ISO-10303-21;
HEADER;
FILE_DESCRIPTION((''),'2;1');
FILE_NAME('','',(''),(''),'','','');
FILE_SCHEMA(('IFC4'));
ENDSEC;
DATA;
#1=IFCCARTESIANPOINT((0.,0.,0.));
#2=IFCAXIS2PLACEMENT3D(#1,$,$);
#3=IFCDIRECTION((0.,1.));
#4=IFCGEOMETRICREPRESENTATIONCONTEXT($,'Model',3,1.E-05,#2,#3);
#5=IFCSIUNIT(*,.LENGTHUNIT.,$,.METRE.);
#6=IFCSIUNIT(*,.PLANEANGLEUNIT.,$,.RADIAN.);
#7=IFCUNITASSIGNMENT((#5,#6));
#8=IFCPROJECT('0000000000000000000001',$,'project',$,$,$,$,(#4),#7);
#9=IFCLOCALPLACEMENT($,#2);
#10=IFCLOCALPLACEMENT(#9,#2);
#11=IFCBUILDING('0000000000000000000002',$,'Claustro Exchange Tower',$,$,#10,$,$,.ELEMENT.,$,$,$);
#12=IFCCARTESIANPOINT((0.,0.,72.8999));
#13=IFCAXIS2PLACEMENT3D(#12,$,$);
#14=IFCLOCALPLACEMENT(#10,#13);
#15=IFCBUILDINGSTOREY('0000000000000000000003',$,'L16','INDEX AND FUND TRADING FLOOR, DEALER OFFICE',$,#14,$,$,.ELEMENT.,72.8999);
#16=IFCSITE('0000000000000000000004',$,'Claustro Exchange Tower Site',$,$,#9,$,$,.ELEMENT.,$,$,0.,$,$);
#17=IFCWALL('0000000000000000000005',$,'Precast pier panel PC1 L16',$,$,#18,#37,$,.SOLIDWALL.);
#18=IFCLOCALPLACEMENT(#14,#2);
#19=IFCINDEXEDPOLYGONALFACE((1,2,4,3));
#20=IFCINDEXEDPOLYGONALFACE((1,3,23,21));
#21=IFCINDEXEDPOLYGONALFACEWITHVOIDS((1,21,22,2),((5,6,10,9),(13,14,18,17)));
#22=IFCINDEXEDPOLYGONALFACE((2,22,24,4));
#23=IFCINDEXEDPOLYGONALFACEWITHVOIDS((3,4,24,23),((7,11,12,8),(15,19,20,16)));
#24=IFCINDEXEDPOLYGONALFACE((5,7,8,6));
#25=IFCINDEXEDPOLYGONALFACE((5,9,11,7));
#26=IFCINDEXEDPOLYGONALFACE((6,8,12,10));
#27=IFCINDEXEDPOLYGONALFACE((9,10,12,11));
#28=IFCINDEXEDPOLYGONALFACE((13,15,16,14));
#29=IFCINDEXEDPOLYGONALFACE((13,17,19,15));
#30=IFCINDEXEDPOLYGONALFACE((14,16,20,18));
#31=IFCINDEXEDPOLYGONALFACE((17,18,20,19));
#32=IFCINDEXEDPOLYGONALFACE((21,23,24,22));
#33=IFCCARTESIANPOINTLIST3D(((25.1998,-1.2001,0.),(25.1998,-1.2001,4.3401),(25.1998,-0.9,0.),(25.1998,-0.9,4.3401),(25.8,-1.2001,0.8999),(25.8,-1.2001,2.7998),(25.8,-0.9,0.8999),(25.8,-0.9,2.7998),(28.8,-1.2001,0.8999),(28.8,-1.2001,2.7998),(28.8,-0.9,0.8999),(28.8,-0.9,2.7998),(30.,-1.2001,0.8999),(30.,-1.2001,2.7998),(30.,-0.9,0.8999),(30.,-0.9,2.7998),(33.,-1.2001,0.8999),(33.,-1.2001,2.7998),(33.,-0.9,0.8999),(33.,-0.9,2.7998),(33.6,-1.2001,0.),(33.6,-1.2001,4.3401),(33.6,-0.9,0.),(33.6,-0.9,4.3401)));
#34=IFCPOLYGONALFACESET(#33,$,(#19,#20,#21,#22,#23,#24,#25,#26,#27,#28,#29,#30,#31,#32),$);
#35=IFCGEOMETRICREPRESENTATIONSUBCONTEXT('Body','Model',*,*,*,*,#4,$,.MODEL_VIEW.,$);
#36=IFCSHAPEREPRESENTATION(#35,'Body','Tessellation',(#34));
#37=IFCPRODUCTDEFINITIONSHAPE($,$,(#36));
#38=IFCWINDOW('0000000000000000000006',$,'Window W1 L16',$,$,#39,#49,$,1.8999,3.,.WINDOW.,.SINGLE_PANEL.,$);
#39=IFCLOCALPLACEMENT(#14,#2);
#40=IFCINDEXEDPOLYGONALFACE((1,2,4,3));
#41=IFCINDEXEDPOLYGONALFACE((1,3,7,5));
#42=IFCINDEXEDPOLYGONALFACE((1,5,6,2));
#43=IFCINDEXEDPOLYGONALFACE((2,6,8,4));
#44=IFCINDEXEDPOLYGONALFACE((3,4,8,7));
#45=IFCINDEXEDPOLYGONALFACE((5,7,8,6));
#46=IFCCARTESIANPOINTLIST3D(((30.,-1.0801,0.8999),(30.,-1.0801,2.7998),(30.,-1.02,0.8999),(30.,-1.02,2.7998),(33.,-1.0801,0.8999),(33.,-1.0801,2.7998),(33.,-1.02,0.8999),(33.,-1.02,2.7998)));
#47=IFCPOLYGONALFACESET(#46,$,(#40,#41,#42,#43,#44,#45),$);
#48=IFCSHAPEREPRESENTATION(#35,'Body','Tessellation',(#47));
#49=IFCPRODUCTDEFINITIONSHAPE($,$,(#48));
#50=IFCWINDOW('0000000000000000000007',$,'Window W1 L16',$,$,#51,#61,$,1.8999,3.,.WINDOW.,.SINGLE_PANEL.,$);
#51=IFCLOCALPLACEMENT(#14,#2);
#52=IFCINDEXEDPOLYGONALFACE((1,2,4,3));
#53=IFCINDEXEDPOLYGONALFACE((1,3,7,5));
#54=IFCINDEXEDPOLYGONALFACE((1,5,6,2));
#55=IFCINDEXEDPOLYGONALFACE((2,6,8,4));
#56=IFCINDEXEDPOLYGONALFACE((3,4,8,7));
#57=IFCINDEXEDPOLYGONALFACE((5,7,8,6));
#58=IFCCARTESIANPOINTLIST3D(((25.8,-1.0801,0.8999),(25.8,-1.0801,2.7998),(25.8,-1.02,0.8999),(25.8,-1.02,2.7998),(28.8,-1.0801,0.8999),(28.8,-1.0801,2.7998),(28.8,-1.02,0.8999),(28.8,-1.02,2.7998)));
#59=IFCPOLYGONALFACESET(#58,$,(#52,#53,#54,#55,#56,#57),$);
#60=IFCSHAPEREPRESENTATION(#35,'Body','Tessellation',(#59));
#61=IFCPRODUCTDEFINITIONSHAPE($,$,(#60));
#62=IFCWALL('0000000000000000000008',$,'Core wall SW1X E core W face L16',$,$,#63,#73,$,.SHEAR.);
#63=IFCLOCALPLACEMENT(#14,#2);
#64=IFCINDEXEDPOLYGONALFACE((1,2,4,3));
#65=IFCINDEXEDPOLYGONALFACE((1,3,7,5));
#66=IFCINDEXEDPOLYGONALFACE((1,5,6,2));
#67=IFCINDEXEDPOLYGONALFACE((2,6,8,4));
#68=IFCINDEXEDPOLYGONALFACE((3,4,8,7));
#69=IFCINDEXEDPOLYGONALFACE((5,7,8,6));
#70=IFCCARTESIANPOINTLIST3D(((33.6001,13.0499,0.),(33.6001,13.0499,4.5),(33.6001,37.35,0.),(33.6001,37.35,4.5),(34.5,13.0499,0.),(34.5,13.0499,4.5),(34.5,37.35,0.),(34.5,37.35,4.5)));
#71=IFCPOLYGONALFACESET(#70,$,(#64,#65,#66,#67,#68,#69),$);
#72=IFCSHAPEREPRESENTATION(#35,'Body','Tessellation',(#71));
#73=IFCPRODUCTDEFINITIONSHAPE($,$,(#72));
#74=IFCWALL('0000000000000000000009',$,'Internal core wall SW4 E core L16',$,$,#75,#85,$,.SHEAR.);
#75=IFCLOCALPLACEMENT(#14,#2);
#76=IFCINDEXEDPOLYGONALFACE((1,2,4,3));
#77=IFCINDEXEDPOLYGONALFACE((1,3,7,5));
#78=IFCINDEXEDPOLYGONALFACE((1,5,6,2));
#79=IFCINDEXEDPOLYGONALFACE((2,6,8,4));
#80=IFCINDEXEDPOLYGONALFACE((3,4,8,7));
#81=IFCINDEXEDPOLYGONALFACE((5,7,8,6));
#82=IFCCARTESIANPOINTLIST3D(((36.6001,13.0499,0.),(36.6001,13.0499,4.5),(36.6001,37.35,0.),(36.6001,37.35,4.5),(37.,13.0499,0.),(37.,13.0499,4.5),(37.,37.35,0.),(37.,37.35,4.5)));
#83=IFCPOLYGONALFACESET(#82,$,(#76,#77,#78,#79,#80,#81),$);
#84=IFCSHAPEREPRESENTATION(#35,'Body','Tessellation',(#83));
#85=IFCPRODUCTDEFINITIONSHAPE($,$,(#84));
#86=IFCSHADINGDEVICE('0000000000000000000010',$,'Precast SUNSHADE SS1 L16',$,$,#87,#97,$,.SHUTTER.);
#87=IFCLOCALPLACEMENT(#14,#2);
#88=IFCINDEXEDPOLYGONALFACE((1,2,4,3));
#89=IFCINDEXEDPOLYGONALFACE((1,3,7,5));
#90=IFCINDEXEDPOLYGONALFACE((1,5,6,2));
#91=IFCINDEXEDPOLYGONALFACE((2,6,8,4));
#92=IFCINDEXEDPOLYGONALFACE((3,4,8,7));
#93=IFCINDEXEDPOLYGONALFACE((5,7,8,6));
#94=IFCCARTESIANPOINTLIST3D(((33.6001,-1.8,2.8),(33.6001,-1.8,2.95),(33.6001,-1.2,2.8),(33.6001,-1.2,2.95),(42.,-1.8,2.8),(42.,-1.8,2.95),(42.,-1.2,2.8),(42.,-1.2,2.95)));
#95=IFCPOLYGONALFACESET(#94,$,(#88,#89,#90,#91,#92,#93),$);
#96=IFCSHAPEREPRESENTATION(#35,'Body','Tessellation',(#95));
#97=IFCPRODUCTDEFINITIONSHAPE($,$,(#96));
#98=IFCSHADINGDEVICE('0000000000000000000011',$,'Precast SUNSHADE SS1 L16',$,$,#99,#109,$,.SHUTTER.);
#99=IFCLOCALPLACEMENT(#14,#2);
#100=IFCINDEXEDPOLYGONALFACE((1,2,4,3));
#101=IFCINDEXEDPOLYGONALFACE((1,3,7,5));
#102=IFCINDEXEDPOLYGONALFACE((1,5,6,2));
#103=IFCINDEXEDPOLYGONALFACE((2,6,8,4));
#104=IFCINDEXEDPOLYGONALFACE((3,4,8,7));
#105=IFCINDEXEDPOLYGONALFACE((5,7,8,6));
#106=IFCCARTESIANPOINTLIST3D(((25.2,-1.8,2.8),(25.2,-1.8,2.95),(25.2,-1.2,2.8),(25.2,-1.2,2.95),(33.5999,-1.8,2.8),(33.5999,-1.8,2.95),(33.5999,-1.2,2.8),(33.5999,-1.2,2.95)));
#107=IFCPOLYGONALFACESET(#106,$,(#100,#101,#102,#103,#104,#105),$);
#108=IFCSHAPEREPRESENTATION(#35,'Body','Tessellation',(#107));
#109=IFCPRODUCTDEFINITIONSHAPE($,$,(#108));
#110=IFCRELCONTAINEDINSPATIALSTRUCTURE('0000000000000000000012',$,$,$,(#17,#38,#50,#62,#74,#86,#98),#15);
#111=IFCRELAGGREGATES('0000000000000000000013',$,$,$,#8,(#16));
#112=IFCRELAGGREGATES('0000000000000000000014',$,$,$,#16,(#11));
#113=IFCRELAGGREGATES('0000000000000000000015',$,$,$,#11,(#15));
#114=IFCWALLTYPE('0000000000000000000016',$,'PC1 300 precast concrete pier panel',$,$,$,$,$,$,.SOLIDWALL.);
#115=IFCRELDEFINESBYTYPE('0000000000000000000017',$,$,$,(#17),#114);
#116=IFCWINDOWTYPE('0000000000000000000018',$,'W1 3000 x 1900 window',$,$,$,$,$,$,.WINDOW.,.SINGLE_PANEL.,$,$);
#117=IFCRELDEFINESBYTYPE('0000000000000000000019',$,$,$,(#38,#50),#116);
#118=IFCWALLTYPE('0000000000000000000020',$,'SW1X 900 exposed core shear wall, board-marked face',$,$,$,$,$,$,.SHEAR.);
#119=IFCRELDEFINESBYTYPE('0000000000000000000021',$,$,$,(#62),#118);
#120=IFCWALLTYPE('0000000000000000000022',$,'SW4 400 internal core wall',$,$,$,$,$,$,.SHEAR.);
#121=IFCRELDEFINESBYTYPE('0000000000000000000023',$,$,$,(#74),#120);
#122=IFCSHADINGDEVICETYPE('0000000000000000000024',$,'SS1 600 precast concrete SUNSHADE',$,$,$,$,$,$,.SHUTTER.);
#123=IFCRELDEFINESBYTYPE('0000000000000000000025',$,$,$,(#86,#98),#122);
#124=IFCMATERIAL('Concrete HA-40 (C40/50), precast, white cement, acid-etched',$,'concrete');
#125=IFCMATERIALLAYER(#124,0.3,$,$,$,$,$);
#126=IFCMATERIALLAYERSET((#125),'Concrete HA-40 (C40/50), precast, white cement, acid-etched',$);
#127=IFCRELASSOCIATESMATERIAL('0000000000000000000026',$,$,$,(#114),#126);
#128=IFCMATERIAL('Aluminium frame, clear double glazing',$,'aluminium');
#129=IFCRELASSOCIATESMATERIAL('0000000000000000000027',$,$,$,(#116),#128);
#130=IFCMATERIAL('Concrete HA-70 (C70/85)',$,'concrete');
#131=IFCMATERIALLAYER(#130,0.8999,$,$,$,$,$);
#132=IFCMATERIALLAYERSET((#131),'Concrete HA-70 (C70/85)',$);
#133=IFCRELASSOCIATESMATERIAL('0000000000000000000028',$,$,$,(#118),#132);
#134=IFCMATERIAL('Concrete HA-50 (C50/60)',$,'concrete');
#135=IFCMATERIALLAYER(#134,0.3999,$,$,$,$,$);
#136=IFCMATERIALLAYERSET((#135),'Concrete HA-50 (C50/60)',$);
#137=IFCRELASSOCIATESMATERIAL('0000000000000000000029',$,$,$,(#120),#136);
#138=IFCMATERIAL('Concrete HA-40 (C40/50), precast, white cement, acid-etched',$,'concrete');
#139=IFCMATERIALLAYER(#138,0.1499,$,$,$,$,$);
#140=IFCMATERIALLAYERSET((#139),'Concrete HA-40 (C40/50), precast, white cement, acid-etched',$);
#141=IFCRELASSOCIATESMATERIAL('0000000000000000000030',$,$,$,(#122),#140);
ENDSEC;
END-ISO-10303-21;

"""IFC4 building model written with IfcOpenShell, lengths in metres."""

from ifc_helpers import new_model, si_unit, direction, frame, frame_2d, origin, origin_2d, place, context, subcontext, project, spatial, rectangle, extrude, material, layer, layer_set, type_object, element, fill, save


model = new_model("IFC4")

# Units and contexts
model_context = context("Model", 3, precision=1e-05, world=origin(), true_north=direction((0.0, 1.0)))
body_context = subcontext(model_context, "Body", "Model", "MODEL_VIEW")
ifc_project = project(units=[si_unit("LENGTHUNIT", "METRE"), si_unit("PLANEANGLEUNIT", "RADIAN")], contexts=[model_context])

# Site, building, storey
site_placement = place(None, origin())
site = spatial("IfcSite", under=ifc_project, at=site_placement, Name="Claustro Exchange Tower Site", CompositionType="ELEMENT", RefElevation=0.0)
building_placement = place(site_placement, origin())
building = spatial("IfcBuilding", under=site, at=building_placement, Name="Claustro Exchange Tower", CompositionType="ELEMENT")
storey_placement = place(building_placement, frame((0.0, 0.0, 72.8999)))
storey = spatial("IfcBuildingStorey", under=building, at=storey_placement, Name="L16", Description="INDEX AND FUND TRADING FLOOR, DEALER OFFICE", CompositionType="ELEMENT", Elevation=72.8999)

# Wall, openings, windows
ifc_material_1 = material(Name="Concrete HA-40 (C40/50), precast, white cement, acid-etched", Category="concrete")
ifc_layer_1 = layer(ifc_material_1, 0.3)
ifc_layer_set_1 = layer_set([ifc_layer_1], Name="Concrete HA-40 (C40/50), precast, white cement, acid-etched")
wall_type_1 = type_object("IfcWallType", Name="PC1 300 precast concrete pier panel", PredefinedType="SOLIDWALL", material=ifc_layer_set_1)
wall_1_placement = place(storey_placement, frame((33.6001, -1.05, 0.0), z_axis=(0.0, 0.0, 1.0), x_axis=(-1.0, 0.0, 0.0)))
wall_1 = element("IfcWall", 1, at=wall_1_placement, inside=storey, type_object=wall_type_1, Name="Precast pier panel PC1 L16", PredefinedType="SOLIDWALL", context=body_context, shape_type="SweptSolid", body=[
    extrude(rectangle(XDim=8.4001, YDim=0.3, at=frame_2d((4.2002, 0.0))), origin(), (0.0, 0.0, 1.0), 4.3401),
])
opening_1_placement = place(wall_1_placement, frame((0.6001, 0.0, 0.8999)))
opening_1 = element("IfcOpeningElement", 2, at=opening_1_placement, cuts=wall_1, PredefinedType="OPENING", context=body_context, shape_type="SweptSolid", body=[
    extrude(rectangle(XDim=3.0, YDim=1.8999, at=frame_2d((1.5, 0.95))), frame((0.0, 0.1599, 0.0), z_axis=(0.0, -1.0, 0.0), x_axis=(1.0, 0.0, 0.0)), (0.0, 0.0, 1.0), 0.3201),
])
opening_2_placement = place(wall_1_placement, frame((4.8, 0.0, 0.8999)))
opening_2 = element("IfcOpeningElement", 3, at=opening_2_placement, cuts=wall_1, PredefinedType="OPENING", context=body_context, shape_type="SweptSolid", body=[
    extrude(rectangle(XDim=3.0, YDim=1.8999, at=frame_2d((1.5, 0.95))), frame((0.0, 0.1599, 0.0), z_axis=(0.0, -1.0, 0.0), x_axis=(1.0, 0.0, 0.0)), (0.0, 0.0, 1.0), 0.3201),
])
ifc_material_2 = material(Name="Aluminium frame, clear double glazing", Category="aluminium")
window_type = type_object("IfcWindowType", Name="W1 3000 x 1900 window", PartitioningType="SINGLE_PANEL", PredefinedType="WINDOW", material=ifc_material_2)
window_1_placement = place(opening_1_placement, origin())
window_1 = element("IfcWindow", 4, at=window_1_placement, inside=storey, type_object=window_type, Name="Window W1 L16", OverallHeight=1.8999, OverallWidth=3.0, PartitioningType="SINGLE_PANEL", PredefinedType="WINDOW", context=body_context, shape_type="SweptSolid", body=[
    extrude(rectangle(XDim=3.0, YDim=1.8999, at=frame_2d((1.5, 0.95))), frame((0.0, 0.03, 0.0), z_axis=(0.0, -1.0, 0.0), x_axis=(1.0, 0.0, 0.0)), (0.0, 0.0, 1.0), 0.0601),
])
fill(opening_1, window_1)
window_2_placement = place(opening_2_placement, origin())
window_2 = element("IfcWindow", 5, at=window_2_placement, inside=storey, type_object=window_type, Name="Window W1 L16", OverallHeight=1.8999, OverallWidth=3.0, PartitioningType="SINGLE_PANEL", PredefinedType="WINDOW", context=body_context, shape_type="SweptSolid", body=[
    extrude(rectangle(XDim=3.0, YDim=1.8999, at=frame_2d((1.5, 0.95))), frame((0.0, 0.03, 0.0), z_axis=(0.0, -1.0, 0.0), x_axis=(1.0, 0.0, 0.0)), (0.0, 0.0, 1.0), 0.0601),
])
fill(opening_2, window_2)

# Walls
ifc_material_3 = material(Name="Concrete HA-70 (C70/85)", Category="concrete")
ifc_layer_2 = layer(ifc_material_3, 0.8999)
ifc_layer_set_2 = layer_set([ifc_layer_2], Name="Concrete HA-70 (C70/85)")
wall_type_2 = type_object("IfcWallType", Name="SW1X 900 exposed core shear wall, board-marked face", PredefinedType="SHEAR", material=ifc_layer_set_2)
wall_2_placement = place(storey_placement, frame((34.05, 13.05, 0.0), z_axis=(0.0, 0.0, 1.0), x_axis=(0.0, 1.0, 0.0)))
element("IfcWall", 6, at=wall_2_placement, inside=storey, type_object=wall_type_2, Name="Core wall SW1X E core W face L16", PredefinedType="SHEAR", context=body_context, shape_type="SweptSolid", body=[
    extrude(rectangle(XDim=24.3, YDim=0.8999, at=frame_2d((12.1499, 0.0))), origin(), (0.0, 0.0, 1.0), 4.5),
])
ifc_material_4 = material(Name="Concrete HA-50 (C50/60)", Category="concrete")
ifc_layer_3 = layer(ifc_material_4, 0.3999)
ifc_layer_set_3 = layer_set([ifc_layer_3], Name="Concrete HA-50 (C50/60)")
wall_type_3 = type_object("IfcWallType", Name="SW4 400 internal core wall", PredefinedType="SHEAR", material=ifc_layer_set_3)
wall_3_placement = place(storey_placement, frame((36.8, 13.05, 0.0), z_axis=(0.0, 0.0, 1.0), x_axis=(0.0, 1.0, 0.0)))
element("IfcWall", 7, at=wall_3_placement, inside=storey, type_object=wall_type_3, Name="Internal core wall SW4 E core L16", PredefinedType="SHEAR", context=body_context, shape_type="SweptSolid", body=[
    extrude(rectangle(XDim=24.3, YDim=0.3999, at=frame_2d((12.1499, 0.0))), origin(), (0.0, 0.0, 1.0), 4.5),
])

# Shading devices
ifc_material_5 = material(Name="Concrete HA-40 (C40/50), precast, white cement, acid-etched", Category="concrete")
ifc_layer_4 = layer(ifc_material_5, 0.1499)
ifc_layer_set_4 = layer_set([ifc_layer_4], Name="Concrete HA-40 (C40/50), precast, white cement, acid-etched")
shading_device_type = type_object("IfcShadingDeviceType", Name="SS1 600 precast concrete SUNSHADE", PredefinedType="SHUTTER", material=ifc_layer_set_4)
for number, where, z_axis, x_axis, name in (
    (8, (37.8, -1.5, 2.8), (0.0, 0.0, 1.0), (-1.0, 0.0, 0.0), "Precast SUNSHADE SS1 L16"),
    (9, (29.3999, -1.5, 2.8), (0.0, 0.0, 1.0), (-1.0, 0.0, 0.0), "Precast SUNSHADE SS1 L16"),
):
    element("IfcShadingDevice", number, at=place(storey_placement, frame(where, z_axis=z_axis, x_axis=x_axis)), inside=storey, type_object=shading_device_type, Name=name, PredefinedType="SHUTTER", context=body_context, shape_type="SweptSolid", body=[
        extrude(rectangle(XDim=8.3999, YDim=0.6001, at=origin_2d()), origin(), (0.0, 0.0, 1.0), 0.1499),
    ])

save(model, "model.ifc")
